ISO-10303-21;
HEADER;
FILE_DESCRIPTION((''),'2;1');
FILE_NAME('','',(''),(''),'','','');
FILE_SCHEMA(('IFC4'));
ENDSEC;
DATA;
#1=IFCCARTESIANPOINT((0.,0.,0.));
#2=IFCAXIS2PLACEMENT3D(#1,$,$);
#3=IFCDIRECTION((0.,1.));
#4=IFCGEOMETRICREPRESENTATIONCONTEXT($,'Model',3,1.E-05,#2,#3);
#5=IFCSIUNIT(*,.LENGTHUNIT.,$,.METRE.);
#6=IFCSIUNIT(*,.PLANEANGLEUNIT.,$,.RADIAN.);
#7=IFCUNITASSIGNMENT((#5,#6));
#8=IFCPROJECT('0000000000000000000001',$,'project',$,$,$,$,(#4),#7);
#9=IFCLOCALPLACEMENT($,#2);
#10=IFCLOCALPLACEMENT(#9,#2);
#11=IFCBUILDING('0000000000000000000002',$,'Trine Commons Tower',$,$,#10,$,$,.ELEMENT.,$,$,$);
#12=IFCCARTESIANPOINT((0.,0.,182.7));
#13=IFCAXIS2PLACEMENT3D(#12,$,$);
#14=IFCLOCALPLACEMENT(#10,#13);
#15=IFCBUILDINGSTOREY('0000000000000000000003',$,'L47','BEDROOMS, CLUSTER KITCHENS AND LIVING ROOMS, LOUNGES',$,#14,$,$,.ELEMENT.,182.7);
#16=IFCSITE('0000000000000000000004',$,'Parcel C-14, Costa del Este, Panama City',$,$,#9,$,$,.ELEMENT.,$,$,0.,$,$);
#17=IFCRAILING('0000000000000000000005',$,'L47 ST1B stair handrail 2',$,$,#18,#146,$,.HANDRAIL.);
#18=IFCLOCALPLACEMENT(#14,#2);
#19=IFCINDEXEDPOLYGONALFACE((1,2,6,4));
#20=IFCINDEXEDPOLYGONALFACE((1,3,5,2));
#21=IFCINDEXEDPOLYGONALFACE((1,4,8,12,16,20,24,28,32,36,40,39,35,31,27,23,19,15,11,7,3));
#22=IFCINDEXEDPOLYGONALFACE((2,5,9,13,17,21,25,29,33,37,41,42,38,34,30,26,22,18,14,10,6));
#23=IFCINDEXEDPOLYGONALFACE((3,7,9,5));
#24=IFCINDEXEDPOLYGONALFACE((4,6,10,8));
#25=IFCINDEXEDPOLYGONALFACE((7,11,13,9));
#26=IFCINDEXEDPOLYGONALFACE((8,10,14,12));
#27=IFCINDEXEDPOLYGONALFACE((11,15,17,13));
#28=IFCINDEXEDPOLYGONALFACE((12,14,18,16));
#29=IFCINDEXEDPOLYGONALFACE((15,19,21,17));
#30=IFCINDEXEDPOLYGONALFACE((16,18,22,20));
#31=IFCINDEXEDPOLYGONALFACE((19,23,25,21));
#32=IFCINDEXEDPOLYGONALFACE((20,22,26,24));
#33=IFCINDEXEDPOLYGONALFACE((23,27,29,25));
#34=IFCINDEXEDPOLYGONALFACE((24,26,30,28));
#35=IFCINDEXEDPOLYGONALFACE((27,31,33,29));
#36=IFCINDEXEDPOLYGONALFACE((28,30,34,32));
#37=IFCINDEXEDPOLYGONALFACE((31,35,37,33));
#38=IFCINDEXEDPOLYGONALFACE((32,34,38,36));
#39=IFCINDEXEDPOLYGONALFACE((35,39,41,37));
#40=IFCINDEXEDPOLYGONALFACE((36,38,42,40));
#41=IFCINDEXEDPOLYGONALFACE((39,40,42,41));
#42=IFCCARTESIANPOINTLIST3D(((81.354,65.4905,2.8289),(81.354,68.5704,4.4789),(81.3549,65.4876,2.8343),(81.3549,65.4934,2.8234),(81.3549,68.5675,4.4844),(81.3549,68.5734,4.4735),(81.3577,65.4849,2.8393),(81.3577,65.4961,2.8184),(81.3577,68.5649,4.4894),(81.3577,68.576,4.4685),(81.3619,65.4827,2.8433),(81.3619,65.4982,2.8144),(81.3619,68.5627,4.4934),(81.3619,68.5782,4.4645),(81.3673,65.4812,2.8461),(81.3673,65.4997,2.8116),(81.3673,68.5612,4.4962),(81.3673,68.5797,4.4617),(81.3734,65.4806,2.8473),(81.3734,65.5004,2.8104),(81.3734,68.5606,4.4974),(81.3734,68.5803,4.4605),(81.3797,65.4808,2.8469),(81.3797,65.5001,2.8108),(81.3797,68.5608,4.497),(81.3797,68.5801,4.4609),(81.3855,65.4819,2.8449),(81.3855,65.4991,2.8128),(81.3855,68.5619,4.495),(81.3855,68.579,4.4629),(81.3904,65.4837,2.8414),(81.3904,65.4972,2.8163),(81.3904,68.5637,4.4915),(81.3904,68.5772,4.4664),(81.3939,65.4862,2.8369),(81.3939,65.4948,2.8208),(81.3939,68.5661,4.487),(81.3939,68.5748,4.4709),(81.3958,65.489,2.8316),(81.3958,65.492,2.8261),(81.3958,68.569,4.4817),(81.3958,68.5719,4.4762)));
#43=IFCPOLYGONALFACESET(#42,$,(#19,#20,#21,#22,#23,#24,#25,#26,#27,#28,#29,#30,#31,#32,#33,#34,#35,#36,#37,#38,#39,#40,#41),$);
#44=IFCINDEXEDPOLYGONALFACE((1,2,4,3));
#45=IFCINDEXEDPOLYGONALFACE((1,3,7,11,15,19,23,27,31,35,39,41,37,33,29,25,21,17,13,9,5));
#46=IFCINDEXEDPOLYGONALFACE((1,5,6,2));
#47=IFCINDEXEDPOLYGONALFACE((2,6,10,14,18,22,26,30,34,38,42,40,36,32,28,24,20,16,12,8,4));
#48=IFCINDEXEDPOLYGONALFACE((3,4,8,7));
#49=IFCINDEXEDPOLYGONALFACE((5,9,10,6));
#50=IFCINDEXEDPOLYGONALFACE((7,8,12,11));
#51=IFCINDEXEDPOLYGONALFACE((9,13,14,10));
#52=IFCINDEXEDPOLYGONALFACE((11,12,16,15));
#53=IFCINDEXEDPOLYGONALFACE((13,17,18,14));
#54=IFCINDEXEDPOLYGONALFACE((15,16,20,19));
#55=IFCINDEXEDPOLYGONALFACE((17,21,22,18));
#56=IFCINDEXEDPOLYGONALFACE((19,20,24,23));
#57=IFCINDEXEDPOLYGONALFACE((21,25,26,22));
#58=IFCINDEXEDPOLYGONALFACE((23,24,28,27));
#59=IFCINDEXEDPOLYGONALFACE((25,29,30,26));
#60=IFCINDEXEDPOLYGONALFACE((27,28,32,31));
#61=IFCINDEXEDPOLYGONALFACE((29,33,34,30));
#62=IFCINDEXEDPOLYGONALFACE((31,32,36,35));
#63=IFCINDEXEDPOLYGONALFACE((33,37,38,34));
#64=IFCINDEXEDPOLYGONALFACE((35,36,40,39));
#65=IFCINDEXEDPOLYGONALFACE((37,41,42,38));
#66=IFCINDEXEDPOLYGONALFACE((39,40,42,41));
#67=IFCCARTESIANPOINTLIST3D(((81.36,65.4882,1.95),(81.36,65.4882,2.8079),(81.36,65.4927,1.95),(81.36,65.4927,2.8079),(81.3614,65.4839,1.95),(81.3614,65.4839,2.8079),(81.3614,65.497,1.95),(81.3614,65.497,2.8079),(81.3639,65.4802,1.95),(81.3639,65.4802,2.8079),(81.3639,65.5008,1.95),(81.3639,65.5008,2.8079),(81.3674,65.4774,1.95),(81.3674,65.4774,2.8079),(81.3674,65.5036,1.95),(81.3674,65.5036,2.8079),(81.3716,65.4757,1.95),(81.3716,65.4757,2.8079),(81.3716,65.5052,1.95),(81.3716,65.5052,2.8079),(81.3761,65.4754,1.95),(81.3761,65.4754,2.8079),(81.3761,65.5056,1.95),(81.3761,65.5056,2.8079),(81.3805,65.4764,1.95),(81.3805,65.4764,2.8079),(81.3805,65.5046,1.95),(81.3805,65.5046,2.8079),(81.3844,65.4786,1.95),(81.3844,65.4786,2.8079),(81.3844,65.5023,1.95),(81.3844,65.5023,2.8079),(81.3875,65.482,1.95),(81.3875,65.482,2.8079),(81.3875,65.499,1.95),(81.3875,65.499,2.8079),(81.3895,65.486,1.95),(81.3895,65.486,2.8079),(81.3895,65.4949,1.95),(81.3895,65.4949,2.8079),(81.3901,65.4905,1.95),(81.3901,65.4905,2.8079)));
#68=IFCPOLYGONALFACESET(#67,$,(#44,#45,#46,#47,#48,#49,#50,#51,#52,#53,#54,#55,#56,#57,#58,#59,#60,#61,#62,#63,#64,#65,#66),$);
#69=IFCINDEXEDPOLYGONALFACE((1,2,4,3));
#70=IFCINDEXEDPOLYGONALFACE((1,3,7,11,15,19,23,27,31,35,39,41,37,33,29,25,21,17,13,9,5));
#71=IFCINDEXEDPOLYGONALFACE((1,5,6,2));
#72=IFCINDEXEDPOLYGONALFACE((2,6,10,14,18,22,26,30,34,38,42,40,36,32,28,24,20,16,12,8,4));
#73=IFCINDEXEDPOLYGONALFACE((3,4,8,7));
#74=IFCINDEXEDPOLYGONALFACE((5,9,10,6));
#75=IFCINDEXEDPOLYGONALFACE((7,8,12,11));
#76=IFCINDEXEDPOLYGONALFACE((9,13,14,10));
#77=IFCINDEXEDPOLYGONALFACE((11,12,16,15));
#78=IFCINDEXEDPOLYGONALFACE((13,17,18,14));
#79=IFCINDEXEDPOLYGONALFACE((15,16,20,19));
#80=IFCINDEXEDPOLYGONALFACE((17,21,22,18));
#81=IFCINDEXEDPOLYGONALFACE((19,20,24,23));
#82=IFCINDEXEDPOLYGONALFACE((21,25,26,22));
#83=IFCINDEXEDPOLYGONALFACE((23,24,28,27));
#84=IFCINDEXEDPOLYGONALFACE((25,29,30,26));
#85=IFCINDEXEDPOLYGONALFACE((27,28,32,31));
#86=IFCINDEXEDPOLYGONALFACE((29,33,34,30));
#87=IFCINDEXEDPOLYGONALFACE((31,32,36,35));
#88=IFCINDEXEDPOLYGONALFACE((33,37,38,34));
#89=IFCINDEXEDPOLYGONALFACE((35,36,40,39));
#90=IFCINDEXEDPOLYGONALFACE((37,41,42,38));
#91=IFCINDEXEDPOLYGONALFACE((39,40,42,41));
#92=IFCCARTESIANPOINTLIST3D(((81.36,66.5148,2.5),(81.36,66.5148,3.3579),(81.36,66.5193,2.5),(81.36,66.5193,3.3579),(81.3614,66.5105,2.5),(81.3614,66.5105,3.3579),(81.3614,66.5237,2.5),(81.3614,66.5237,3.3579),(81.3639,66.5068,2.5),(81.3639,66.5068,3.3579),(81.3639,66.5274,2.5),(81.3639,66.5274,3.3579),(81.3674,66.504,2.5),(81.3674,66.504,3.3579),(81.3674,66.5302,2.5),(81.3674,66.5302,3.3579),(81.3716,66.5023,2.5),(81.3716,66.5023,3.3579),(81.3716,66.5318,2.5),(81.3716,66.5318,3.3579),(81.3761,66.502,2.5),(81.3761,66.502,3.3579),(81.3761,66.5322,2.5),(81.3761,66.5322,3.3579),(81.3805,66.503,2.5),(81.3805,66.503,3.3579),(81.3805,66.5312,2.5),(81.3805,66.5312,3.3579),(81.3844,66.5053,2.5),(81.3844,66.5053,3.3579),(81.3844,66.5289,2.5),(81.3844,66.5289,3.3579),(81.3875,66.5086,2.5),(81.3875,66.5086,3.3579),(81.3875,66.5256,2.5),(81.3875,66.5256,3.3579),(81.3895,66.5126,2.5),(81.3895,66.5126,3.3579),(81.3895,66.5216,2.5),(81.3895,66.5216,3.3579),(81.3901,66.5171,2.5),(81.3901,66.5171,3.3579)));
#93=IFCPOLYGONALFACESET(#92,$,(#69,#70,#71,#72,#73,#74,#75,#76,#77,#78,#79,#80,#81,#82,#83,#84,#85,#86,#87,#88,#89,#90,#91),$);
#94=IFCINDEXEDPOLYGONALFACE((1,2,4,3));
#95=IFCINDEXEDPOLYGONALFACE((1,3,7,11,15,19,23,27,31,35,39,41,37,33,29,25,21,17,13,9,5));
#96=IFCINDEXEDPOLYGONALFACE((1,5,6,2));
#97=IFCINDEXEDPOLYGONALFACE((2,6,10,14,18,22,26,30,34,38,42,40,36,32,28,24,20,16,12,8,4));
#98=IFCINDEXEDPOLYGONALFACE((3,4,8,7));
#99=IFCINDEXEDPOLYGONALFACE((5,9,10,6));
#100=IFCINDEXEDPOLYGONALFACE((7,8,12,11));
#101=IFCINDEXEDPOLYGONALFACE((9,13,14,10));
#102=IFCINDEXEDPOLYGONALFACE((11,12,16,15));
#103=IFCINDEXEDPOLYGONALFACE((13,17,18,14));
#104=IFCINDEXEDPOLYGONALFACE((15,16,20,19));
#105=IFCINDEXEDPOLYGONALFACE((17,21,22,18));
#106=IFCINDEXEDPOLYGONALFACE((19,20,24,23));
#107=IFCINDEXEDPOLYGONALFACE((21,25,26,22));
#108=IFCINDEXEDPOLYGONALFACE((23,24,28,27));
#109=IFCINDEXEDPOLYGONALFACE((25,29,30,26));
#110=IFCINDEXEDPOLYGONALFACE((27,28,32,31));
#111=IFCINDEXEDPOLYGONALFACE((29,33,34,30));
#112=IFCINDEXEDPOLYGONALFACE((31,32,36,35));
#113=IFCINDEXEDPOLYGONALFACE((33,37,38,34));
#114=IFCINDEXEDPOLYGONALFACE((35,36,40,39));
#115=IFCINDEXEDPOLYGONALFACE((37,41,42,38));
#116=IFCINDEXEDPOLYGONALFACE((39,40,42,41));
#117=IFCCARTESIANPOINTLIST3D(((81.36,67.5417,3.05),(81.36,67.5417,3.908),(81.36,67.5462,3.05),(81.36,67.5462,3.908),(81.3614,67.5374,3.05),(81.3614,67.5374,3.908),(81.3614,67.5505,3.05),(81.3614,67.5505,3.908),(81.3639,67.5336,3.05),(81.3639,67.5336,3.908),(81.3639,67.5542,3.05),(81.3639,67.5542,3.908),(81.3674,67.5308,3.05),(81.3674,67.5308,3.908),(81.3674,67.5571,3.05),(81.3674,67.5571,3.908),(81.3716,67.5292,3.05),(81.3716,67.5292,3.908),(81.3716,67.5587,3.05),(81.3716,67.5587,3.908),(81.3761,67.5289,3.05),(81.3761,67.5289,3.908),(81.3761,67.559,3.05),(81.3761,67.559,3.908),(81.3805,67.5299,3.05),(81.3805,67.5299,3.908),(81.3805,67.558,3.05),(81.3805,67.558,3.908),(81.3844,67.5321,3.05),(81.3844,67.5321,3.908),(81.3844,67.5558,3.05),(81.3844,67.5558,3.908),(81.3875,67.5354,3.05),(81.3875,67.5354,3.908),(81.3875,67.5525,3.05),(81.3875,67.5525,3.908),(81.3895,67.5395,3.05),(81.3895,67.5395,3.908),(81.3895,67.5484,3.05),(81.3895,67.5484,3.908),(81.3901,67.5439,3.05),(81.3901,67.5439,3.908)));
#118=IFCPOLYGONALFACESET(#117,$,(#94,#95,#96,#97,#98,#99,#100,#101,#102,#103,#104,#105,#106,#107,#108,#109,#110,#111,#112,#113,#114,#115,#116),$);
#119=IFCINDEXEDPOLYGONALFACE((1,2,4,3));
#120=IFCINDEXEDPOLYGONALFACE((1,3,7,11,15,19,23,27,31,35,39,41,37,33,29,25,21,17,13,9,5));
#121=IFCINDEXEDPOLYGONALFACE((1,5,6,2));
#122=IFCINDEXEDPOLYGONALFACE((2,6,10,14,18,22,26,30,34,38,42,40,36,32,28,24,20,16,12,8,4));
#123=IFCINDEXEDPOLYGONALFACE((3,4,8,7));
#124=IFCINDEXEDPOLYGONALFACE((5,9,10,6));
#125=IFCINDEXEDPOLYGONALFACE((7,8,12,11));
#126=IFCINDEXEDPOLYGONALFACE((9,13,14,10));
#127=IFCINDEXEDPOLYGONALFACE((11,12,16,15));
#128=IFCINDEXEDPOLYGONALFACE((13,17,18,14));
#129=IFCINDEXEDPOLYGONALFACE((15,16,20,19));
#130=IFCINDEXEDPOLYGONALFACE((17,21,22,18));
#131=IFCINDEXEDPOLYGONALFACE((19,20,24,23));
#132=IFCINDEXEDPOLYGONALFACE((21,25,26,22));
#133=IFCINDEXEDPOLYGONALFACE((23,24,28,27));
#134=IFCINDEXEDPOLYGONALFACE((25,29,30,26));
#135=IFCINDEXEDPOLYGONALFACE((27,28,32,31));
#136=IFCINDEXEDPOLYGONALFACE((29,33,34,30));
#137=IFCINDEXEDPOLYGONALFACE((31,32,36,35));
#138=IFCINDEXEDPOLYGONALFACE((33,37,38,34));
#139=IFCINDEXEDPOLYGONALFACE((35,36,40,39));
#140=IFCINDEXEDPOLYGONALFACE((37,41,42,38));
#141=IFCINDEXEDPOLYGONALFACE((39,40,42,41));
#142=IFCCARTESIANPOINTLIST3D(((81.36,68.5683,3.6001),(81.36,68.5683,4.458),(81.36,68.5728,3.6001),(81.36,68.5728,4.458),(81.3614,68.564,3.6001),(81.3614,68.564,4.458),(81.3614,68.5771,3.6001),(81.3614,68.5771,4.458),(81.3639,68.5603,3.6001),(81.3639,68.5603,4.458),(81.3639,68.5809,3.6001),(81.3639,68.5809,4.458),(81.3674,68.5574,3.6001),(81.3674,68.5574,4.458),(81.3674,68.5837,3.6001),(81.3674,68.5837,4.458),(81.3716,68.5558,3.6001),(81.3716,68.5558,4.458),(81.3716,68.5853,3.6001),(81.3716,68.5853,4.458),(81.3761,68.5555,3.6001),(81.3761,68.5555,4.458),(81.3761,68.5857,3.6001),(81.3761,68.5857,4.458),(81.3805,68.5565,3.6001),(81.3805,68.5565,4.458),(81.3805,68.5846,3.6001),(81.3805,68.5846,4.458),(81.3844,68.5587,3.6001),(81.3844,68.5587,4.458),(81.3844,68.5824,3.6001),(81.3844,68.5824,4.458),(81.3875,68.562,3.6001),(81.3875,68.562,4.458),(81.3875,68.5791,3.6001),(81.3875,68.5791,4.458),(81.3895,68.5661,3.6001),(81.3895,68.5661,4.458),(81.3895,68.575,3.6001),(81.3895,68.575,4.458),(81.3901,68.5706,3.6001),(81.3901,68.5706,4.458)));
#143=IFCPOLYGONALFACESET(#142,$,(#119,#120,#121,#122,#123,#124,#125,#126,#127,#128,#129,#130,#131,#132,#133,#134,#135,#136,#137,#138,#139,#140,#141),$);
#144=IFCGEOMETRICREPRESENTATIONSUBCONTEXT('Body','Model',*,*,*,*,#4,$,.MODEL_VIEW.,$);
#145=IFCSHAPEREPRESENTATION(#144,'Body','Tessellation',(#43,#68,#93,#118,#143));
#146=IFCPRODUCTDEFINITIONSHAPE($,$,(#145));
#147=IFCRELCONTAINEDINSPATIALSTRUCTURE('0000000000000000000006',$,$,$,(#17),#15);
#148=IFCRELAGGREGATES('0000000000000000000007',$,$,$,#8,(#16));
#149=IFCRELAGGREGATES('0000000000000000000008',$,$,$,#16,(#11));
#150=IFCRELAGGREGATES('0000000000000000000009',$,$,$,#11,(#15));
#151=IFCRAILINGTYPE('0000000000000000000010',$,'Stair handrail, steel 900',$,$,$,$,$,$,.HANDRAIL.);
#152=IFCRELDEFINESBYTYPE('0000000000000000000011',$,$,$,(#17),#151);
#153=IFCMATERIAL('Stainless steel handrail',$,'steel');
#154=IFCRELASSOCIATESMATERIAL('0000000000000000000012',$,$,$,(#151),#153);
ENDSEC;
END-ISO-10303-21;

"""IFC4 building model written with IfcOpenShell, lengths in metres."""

from ifc_helpers import new_model, si_unit, direction, frame, origin, origin_2d, place, context, subcontext, project, spatial, circle, extrude, material, type_object, element, save


model = new_model("IFC4")

# Units and contexts
model_context = context("Model", 3, precision=1e-05, world=origin(), true_north=direction((0.0, 1.0)))
body_context = subcontext(model_context, "Body", "Model", "MODEL_VIEW")
ifc_project = project(units=[si_unit("LENGTHUNIT", "METRE"), si_unit("PLANEANGLEUNIT", "RADIAN")], contexts=[model_context])

# Site, building, storey
site_placement = place(None, origin())
site = spatial("IfcSite", under=ifc_project, at=site_placement, Name="Parcel C-14, Costa del Este, Panama City", CompositionType="ELEMENT", RefElevation=0.0)
building_placement = place(site_placement, origin())
building = spatial("IfcBuilding", under=site, at=building_placement, Name="Trine Commons Tower", CompositionType="ELEMENT")
storey_placement = place(building_placement, frame((0.0, 0.0, 182.7)))
storey = spatial("IfcBuildingStorey", under=building, at=storey_placement, Name="L47", Description="BEDROOMS, CLUSTER KITCHENS AND LIVING ROOMS, LOUNGES", CompositionType="ELEMENT", Elevation=182.7)

# Railing
ifc_material_1 = material(Name="Stainless steel handrail", Category="steel")
railing_type_1 = type_object("IfcRailingType", Name="Stair handrail, steel 900", PredefinedType="HANDRAIL", material=ifc_material_1)
railing_1_placement = place(storey_placement, frame((81.375, 65.4905, 1.95)))
element("IfcRailing", 1, at=railing_1_placement, inside=storey, type_object=railing_type_1, Name="L47 ST1B stair handrail 2", PredefinedType="HANDRAIL", context=body_context, shape_type="SweptSolid", body=[
    extrude(circle(Radius=0.021, at=origin_2d()), frame((0.0, 0.0, 0.8789), z_axis=(0.0, 0.881468, 0.472245), x_axis=(-1.0, 0.0, 0.0)), (0.0, 0.0, 1.0), 3.4941),
    extrude(circle(Radius=0.0151, at=origin_2d()), origin(), (0.0, 0.0, 1.0), 0.8579),
    extrude(circle(Radius=0.0151, at=origin_2d()), frame((0.0, 1.0266, 0.55)), (0.0, 0.0, 1.0), 0.8579),
    extrude(circle(Radius=0.0151, at=origin_2d()), frame((0.0, 2.0535, 1.1001)), (0.0, 0.0, 1.0), 0.8579),
    extrude(circle(Radius=0.0151, at=origin_2d()), frame((0.0, 3.0801, 1.6501)), (0.0, 0.0, 1.0), 0.8579),
])

save(model, "model.ifc")
